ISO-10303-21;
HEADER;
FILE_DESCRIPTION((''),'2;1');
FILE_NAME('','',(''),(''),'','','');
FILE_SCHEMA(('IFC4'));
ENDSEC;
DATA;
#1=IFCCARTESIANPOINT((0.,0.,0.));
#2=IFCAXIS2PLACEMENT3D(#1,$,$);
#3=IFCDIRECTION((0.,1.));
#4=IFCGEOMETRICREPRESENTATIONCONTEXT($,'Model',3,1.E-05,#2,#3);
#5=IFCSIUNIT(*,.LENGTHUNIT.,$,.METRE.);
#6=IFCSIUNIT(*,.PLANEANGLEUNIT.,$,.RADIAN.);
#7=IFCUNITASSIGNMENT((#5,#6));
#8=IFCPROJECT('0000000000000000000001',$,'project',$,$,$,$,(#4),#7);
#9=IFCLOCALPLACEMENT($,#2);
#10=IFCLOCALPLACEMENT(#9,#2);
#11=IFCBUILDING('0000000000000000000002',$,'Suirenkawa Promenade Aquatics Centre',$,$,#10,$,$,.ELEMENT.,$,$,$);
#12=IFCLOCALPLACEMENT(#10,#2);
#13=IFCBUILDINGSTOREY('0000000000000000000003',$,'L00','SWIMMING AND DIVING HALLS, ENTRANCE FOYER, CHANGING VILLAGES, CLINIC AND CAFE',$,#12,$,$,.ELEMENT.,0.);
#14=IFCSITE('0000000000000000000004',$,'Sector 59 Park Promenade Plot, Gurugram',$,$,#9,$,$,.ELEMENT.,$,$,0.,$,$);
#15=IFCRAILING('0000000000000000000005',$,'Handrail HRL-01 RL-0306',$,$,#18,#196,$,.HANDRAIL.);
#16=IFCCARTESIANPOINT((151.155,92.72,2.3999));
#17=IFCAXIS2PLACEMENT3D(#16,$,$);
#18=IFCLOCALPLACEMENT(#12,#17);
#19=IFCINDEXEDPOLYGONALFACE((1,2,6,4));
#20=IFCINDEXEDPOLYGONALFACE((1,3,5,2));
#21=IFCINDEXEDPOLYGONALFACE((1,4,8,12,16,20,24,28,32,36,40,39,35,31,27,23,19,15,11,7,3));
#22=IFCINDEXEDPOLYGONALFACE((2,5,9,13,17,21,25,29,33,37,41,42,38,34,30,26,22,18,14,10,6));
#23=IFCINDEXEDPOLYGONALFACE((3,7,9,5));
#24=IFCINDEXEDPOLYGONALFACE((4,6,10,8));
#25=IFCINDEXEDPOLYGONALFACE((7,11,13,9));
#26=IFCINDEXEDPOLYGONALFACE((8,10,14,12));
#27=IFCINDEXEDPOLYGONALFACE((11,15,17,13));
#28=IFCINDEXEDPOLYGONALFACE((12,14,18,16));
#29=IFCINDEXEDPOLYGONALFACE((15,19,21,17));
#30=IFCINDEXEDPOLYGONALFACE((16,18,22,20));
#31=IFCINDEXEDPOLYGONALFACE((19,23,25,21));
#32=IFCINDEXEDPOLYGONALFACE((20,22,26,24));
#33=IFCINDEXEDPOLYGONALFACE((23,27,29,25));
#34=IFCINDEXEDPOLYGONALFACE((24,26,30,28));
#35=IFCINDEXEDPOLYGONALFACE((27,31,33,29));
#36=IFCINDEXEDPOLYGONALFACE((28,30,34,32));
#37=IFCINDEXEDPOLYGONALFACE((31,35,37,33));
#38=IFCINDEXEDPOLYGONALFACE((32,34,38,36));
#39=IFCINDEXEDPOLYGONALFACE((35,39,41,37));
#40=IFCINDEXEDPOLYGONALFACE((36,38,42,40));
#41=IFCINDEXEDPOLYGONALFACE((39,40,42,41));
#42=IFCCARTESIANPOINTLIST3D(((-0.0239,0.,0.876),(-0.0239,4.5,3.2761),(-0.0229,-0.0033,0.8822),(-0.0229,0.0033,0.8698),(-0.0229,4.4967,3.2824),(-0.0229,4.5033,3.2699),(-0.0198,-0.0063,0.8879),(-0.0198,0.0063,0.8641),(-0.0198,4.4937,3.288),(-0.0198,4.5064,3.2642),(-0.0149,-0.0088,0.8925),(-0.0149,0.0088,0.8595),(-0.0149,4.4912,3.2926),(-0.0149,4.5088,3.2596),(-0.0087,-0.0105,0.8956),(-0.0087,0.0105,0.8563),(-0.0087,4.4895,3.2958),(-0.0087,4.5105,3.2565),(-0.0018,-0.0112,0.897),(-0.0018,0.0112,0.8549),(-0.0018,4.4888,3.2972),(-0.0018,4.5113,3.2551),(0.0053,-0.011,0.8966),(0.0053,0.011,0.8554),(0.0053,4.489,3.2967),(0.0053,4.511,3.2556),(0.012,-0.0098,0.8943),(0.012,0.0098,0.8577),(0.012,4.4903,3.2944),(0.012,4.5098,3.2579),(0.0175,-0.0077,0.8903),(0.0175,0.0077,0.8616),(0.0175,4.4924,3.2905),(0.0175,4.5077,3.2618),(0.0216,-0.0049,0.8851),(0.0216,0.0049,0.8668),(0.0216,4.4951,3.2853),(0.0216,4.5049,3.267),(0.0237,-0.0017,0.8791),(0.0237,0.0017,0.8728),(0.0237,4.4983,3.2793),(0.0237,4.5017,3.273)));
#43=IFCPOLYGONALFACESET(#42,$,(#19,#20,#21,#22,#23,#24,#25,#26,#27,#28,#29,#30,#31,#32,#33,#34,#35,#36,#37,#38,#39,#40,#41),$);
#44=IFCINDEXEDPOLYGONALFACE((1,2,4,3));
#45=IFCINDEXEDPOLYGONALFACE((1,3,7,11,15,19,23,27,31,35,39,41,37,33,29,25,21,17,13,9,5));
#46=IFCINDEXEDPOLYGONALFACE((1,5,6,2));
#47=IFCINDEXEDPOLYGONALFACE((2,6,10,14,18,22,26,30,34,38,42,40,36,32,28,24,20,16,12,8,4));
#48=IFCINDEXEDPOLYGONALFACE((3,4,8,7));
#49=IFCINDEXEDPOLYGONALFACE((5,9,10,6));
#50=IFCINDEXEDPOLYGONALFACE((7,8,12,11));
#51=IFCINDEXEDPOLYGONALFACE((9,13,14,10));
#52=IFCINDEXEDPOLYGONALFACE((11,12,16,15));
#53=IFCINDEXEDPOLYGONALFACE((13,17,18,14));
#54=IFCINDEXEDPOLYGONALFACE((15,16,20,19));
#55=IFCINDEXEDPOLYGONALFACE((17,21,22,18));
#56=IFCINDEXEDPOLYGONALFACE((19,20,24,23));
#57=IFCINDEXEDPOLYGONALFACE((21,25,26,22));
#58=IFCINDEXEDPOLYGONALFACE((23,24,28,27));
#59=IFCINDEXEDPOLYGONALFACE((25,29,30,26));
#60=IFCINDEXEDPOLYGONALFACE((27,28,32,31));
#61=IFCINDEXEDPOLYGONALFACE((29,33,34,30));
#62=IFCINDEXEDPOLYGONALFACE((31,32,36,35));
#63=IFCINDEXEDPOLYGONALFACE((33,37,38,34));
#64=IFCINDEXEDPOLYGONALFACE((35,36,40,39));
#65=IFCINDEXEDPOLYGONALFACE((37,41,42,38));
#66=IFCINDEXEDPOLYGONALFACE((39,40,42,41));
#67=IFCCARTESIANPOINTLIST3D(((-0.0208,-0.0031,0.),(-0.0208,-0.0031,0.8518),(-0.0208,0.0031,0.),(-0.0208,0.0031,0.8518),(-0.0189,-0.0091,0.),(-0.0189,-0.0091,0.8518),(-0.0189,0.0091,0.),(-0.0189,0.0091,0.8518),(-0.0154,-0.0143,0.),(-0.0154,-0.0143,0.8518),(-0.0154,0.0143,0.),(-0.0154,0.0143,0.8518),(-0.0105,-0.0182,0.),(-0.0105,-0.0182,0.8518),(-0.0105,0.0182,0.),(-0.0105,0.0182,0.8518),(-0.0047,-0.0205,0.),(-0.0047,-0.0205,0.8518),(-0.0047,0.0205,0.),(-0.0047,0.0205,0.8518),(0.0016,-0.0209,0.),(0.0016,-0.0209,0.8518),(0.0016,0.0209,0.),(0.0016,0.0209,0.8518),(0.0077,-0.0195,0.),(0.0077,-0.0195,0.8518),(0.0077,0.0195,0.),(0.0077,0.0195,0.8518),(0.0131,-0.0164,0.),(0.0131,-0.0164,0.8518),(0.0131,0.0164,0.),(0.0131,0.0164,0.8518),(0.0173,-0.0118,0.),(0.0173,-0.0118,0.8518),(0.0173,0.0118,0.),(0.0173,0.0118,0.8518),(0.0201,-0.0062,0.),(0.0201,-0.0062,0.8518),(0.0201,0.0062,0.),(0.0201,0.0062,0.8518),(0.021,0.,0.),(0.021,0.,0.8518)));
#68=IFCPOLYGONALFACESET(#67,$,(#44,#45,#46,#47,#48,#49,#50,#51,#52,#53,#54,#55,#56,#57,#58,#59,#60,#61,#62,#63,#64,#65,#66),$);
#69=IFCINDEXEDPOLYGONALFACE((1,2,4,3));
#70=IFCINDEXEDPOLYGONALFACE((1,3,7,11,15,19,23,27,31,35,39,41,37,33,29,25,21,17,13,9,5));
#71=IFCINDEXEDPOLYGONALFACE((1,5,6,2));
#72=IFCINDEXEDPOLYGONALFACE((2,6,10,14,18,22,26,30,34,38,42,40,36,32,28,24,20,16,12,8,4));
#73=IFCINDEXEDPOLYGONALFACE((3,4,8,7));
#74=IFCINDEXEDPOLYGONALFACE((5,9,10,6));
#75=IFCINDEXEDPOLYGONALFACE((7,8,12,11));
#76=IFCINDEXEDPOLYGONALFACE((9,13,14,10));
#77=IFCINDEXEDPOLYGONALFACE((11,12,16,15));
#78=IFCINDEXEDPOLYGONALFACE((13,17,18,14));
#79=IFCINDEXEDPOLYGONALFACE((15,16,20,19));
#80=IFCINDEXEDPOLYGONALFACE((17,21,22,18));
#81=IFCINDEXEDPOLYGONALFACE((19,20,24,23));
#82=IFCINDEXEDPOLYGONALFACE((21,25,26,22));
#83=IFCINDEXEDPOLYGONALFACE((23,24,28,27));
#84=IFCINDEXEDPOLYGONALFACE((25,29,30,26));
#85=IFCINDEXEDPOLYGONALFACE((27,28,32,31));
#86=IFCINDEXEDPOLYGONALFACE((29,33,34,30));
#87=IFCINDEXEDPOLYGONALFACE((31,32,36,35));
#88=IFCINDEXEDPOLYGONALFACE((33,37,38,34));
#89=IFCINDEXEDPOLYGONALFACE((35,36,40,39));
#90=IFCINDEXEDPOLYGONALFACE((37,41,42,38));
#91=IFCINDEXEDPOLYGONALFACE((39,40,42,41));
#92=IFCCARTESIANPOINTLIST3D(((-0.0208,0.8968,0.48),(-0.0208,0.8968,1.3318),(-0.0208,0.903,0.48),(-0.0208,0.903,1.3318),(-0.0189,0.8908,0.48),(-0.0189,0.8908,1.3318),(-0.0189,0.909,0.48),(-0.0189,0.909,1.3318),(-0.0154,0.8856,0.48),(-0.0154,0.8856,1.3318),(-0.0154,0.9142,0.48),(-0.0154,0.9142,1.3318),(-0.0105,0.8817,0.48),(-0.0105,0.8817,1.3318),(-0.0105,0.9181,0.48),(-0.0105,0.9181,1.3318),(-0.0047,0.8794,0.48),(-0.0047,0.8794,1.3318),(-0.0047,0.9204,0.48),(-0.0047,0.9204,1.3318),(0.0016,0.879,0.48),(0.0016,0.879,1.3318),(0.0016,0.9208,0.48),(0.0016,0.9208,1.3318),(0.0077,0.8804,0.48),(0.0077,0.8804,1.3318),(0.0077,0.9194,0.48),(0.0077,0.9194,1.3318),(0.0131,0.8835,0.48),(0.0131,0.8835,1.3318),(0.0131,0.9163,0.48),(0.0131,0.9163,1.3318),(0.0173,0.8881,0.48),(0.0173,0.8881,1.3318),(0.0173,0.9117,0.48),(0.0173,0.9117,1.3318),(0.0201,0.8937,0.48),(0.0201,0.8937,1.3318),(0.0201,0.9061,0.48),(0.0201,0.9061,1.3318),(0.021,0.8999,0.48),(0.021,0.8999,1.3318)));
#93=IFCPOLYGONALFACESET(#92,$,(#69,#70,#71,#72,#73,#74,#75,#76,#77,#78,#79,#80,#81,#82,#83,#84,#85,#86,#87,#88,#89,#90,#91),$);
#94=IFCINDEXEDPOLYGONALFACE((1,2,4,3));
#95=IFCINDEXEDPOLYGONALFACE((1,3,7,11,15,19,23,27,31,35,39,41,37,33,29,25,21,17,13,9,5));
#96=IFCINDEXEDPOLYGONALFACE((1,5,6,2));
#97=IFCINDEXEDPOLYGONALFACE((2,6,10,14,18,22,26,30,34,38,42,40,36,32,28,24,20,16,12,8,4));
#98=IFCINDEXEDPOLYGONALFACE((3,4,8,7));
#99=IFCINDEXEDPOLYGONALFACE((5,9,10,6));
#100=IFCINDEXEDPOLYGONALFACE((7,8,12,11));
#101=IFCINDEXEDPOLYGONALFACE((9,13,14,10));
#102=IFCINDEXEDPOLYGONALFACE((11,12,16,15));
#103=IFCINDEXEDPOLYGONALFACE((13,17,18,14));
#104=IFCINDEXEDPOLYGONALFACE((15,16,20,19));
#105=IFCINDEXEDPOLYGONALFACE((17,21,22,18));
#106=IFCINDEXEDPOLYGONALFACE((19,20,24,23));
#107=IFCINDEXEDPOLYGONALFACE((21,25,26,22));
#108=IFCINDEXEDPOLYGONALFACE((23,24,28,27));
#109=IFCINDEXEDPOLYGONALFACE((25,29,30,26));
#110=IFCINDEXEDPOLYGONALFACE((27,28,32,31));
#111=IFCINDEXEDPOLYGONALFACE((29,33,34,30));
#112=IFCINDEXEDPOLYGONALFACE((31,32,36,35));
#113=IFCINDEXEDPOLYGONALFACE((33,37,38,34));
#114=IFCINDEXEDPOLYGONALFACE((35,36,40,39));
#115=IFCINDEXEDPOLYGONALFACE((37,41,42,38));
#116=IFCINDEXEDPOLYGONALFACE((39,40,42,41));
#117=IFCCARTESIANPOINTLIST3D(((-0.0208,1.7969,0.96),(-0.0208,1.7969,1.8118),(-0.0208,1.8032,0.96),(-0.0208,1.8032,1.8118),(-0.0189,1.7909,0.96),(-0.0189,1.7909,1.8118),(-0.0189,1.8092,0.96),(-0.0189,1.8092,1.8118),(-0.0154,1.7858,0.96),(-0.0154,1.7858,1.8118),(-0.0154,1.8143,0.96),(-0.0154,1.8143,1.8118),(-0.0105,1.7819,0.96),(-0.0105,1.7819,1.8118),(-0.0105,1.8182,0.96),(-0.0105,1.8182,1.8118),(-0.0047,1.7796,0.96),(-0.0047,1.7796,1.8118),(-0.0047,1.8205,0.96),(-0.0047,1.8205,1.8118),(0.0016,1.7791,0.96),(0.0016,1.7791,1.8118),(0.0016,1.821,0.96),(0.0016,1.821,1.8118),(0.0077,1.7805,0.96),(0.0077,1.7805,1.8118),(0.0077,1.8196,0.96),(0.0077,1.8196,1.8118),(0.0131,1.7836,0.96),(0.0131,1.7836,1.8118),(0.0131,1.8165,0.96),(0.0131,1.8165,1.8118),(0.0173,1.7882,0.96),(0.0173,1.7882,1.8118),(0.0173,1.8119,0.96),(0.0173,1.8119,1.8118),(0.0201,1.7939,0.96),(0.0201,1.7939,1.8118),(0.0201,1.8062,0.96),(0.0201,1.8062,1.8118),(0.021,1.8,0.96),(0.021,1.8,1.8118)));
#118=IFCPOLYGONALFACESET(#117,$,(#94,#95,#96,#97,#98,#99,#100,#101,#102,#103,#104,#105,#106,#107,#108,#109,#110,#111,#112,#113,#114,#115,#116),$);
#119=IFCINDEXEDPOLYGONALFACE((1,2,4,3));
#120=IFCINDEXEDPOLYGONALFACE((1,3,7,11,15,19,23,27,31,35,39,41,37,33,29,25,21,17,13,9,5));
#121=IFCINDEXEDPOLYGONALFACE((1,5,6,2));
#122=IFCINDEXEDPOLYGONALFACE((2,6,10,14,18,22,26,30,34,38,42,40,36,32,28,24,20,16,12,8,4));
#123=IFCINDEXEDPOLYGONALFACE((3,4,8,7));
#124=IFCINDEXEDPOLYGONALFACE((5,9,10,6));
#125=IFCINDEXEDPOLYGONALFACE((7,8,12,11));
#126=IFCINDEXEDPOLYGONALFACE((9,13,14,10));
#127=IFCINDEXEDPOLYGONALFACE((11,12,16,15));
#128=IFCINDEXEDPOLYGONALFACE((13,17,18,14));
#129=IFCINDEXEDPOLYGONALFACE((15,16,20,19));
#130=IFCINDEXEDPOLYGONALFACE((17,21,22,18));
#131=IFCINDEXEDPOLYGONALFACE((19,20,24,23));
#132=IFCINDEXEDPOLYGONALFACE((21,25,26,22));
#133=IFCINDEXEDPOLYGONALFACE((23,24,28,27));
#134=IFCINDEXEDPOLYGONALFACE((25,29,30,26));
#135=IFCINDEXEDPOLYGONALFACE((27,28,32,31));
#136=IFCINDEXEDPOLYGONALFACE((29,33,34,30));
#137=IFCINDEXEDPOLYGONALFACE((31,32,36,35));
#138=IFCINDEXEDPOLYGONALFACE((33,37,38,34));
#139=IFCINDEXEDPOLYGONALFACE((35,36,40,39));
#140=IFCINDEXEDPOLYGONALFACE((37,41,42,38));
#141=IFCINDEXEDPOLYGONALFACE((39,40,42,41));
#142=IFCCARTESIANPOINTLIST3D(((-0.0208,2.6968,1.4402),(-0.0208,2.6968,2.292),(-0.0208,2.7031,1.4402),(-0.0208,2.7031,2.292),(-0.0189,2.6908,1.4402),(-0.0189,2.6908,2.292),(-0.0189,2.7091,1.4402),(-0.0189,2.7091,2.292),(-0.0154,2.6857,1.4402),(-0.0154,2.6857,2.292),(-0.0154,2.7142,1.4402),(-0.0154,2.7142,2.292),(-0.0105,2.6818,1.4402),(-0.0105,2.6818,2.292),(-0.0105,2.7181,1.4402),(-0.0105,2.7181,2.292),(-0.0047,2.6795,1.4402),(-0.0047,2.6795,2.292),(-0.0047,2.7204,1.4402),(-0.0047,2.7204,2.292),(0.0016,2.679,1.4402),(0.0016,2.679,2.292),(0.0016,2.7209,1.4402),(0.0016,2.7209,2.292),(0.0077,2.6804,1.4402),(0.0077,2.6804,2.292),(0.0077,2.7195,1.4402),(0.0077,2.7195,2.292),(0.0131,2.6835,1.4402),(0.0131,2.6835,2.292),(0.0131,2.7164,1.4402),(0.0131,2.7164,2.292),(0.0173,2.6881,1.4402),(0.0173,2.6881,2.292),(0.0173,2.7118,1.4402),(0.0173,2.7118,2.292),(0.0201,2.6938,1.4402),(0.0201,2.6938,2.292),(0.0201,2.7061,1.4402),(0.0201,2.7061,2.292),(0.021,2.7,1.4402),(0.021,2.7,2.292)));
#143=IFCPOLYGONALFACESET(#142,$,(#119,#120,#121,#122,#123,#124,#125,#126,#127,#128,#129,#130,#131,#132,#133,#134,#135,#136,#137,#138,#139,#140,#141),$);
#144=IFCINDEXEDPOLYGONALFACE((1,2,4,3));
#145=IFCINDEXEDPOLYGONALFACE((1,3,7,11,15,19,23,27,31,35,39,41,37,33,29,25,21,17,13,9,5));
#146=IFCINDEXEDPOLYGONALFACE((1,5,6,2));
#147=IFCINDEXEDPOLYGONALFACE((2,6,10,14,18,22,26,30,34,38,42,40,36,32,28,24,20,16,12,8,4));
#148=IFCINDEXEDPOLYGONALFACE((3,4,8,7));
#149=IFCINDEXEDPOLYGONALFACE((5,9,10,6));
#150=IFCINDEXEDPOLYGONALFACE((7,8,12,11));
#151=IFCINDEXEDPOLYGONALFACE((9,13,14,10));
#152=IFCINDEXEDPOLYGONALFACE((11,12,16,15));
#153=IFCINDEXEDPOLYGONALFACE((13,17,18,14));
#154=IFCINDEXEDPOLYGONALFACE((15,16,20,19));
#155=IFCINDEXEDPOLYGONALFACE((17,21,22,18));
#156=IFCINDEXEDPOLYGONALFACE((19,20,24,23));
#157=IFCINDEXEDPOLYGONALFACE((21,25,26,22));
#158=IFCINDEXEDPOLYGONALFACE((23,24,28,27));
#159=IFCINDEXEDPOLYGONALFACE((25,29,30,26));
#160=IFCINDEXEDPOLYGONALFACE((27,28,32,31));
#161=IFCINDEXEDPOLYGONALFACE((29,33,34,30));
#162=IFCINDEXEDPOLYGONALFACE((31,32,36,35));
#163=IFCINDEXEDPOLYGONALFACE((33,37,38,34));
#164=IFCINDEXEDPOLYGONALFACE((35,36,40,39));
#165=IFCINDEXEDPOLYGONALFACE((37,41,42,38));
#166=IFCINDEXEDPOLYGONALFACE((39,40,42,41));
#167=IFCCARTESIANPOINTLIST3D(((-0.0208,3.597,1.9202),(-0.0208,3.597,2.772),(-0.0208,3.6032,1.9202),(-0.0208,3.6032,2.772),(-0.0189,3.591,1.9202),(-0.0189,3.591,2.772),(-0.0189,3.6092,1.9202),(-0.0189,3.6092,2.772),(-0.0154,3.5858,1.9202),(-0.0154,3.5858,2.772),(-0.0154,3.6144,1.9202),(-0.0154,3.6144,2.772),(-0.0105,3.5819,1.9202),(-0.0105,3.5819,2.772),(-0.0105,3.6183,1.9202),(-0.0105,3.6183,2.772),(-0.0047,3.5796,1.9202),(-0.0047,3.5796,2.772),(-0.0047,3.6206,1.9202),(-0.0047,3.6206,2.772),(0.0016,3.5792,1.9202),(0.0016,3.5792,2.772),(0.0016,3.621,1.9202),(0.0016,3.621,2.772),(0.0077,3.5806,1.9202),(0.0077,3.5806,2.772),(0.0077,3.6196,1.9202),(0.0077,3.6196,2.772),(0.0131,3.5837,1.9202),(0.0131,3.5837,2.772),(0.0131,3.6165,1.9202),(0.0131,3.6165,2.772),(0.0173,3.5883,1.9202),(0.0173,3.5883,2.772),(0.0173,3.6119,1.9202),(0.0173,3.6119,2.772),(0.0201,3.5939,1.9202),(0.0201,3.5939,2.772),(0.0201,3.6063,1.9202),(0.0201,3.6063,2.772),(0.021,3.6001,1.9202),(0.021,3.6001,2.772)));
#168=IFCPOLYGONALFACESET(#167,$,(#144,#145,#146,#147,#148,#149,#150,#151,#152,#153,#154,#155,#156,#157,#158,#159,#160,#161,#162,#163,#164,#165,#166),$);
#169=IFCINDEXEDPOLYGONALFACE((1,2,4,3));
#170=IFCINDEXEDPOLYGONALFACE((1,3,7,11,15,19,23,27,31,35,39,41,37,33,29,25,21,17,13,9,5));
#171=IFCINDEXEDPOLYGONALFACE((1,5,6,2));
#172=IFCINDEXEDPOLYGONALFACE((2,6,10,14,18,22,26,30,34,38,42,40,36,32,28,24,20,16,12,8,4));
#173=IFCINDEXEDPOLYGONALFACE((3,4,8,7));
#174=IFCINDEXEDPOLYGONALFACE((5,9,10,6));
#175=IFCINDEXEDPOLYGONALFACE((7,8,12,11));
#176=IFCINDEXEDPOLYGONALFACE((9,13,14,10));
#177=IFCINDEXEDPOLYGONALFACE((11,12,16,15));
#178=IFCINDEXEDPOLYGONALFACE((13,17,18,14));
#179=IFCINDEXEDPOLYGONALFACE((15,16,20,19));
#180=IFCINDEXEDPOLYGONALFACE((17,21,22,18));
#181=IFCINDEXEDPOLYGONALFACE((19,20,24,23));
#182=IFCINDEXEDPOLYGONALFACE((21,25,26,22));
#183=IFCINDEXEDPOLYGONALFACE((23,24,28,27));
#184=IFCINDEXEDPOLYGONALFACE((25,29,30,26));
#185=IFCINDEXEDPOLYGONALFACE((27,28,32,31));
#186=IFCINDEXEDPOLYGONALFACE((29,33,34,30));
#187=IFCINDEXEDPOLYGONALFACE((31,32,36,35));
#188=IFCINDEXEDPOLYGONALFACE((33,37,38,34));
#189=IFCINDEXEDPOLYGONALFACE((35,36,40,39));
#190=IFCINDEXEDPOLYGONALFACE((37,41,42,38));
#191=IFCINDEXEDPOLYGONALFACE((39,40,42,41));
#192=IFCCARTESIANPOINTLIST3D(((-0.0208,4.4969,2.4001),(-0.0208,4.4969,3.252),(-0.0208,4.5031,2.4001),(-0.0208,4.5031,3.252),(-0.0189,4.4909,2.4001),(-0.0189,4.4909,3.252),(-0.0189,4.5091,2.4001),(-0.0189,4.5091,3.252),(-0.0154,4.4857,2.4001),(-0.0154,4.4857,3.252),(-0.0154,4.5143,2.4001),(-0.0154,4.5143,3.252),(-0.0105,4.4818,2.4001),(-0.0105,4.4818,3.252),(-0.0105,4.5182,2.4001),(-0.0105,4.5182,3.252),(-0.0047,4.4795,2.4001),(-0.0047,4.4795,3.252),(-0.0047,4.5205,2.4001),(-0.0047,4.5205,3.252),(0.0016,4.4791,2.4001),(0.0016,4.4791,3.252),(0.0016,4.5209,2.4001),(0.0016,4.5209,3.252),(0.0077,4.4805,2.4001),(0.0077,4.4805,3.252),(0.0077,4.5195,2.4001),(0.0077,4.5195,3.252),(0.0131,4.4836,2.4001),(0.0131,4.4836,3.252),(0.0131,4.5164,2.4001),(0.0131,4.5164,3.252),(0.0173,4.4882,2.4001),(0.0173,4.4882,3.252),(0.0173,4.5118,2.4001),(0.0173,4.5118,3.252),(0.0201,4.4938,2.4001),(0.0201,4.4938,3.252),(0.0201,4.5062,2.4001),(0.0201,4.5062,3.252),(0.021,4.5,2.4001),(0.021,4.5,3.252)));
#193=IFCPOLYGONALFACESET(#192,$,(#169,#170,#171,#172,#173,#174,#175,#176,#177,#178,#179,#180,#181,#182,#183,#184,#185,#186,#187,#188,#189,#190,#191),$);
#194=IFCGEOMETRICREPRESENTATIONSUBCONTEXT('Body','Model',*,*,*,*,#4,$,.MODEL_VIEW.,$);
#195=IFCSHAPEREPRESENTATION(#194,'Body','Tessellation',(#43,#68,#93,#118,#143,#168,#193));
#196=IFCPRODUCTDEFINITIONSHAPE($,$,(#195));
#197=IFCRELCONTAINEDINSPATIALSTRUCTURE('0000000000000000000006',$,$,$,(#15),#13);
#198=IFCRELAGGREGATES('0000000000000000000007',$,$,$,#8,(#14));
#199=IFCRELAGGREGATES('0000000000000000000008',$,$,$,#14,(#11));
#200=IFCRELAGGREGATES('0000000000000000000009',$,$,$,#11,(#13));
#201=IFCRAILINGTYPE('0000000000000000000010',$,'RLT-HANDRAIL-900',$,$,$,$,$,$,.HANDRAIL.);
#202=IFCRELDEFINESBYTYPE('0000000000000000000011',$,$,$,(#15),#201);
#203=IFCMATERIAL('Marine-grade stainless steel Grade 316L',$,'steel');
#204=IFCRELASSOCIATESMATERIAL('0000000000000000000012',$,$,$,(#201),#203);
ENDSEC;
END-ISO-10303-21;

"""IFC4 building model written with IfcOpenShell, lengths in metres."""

from ifc_helpers import new_model, si_unit, direction, frame, origin, origin_2d, place, context, subcontext, project, spatial, circle, extrude, material, type_object, element, save


model = new_model("IFC4")

# Units and contexts
model_context = context("Model", 3, precision=1e-05, world=origin(), true_north=direction((0.0, 1.0)))
body_context = subcontext(model_context, "Body", "Model", "MODEL_VIEW")
ifc_project = project(units=[si_unit("LENGTHUNIT", "METRE"), si_unit("PLANEANGLEUNIT", "RADIAN")], contexts=[model_context])

# Site, building, storey
site_placement = place(None, origin())
site = spatial("IfcSite", under=ifc_project, at=site_placement, Name="Sector 59 Park Promenade Plot, Gurugram", CompositionType="ELEMENT", RefElevation=0.0)
building_placement = place(site_placement, origin())
building = spatial("IfcBuilding", under=site, at=building_placement, Name="Suirenkawa Promenade Aquatics Centre", CompositionType="ELEMENT")
storey_placement = place(building_placement, origin())
storey = spatial("IfcBuildingStorey", under=building, at=storey_placement, Name="L00", Description="SWIMMING AND DIVING HALLS, ENTRANCE FOYER, CHANGING VILLAGES, CLINIC AND CAFE", CompositionType="ELEMENT", Elevation=0.0)

# Railing
ifc_material_1 = material(Name="Marine-grade stainless steel Grade 316L", Category="steel")
railing_type_1 = type_object("IfcRailingType", Name="RLT-HANDRAIL-900", PredefinedType="HANDRAIL", material=ifc_material_1)
for number, where, name in (
    (1, (151.155, 92.72, 2.3999), "Handrail HRL-01 RL-0306"),
):
    element("IfcRailing", number, at=place(storey_placement, frame(where)), inside=storey, type_object=railing_type_1, Name=name, PredefinedType="HANDRAIL", context=body_context, shape_type="SweptSolid", body=[
        extrude(circle(Radius=0.0239, at=origin_2d()), frame((0.0, 0.0, 0.876), z_axis=(0.0, 0.882341, 0.470611), x_axis=(-1.0, 0.0, 0.0)), (0.0, 0.0, 1.0), 5.1001),
        extrude(circle(Radius=0.021, at=origin_2d()), origin(), (0.0, 0.0, 1.0), 0.8518),
        extrude(circle(Radius=0.021, at=origin_2d()), frame((0.0, 0.8999, 0.48)), (0.0, 0.0, 1.0), 0.8518),
        extrude(circle(Radius=0.021, at=origin_2d()), frame((0.0, 1.8, 0.96)), (0.0, 0.0, 1.0), 0.8518),
        extrude(circle(Radius=0.021, at=origin_2d()), frame((0.0, 2.7, 1.4402)), (0.0, 0.0, 1.0), 0.8518),
        extrude(circle(Radius=0.021, at=origin_2d()), frame((0.0, 3.6001, 1.9202)), (0.0, 0.0, 1.0), 0.8518),
        extrude(circle(Radius=0.021, at=origin_2d()), frame((0.0, 4.5, 2.4001)), (0.0, 0.0, 1.0), 0.8518),
    ])

save(model, "model.ifc")
